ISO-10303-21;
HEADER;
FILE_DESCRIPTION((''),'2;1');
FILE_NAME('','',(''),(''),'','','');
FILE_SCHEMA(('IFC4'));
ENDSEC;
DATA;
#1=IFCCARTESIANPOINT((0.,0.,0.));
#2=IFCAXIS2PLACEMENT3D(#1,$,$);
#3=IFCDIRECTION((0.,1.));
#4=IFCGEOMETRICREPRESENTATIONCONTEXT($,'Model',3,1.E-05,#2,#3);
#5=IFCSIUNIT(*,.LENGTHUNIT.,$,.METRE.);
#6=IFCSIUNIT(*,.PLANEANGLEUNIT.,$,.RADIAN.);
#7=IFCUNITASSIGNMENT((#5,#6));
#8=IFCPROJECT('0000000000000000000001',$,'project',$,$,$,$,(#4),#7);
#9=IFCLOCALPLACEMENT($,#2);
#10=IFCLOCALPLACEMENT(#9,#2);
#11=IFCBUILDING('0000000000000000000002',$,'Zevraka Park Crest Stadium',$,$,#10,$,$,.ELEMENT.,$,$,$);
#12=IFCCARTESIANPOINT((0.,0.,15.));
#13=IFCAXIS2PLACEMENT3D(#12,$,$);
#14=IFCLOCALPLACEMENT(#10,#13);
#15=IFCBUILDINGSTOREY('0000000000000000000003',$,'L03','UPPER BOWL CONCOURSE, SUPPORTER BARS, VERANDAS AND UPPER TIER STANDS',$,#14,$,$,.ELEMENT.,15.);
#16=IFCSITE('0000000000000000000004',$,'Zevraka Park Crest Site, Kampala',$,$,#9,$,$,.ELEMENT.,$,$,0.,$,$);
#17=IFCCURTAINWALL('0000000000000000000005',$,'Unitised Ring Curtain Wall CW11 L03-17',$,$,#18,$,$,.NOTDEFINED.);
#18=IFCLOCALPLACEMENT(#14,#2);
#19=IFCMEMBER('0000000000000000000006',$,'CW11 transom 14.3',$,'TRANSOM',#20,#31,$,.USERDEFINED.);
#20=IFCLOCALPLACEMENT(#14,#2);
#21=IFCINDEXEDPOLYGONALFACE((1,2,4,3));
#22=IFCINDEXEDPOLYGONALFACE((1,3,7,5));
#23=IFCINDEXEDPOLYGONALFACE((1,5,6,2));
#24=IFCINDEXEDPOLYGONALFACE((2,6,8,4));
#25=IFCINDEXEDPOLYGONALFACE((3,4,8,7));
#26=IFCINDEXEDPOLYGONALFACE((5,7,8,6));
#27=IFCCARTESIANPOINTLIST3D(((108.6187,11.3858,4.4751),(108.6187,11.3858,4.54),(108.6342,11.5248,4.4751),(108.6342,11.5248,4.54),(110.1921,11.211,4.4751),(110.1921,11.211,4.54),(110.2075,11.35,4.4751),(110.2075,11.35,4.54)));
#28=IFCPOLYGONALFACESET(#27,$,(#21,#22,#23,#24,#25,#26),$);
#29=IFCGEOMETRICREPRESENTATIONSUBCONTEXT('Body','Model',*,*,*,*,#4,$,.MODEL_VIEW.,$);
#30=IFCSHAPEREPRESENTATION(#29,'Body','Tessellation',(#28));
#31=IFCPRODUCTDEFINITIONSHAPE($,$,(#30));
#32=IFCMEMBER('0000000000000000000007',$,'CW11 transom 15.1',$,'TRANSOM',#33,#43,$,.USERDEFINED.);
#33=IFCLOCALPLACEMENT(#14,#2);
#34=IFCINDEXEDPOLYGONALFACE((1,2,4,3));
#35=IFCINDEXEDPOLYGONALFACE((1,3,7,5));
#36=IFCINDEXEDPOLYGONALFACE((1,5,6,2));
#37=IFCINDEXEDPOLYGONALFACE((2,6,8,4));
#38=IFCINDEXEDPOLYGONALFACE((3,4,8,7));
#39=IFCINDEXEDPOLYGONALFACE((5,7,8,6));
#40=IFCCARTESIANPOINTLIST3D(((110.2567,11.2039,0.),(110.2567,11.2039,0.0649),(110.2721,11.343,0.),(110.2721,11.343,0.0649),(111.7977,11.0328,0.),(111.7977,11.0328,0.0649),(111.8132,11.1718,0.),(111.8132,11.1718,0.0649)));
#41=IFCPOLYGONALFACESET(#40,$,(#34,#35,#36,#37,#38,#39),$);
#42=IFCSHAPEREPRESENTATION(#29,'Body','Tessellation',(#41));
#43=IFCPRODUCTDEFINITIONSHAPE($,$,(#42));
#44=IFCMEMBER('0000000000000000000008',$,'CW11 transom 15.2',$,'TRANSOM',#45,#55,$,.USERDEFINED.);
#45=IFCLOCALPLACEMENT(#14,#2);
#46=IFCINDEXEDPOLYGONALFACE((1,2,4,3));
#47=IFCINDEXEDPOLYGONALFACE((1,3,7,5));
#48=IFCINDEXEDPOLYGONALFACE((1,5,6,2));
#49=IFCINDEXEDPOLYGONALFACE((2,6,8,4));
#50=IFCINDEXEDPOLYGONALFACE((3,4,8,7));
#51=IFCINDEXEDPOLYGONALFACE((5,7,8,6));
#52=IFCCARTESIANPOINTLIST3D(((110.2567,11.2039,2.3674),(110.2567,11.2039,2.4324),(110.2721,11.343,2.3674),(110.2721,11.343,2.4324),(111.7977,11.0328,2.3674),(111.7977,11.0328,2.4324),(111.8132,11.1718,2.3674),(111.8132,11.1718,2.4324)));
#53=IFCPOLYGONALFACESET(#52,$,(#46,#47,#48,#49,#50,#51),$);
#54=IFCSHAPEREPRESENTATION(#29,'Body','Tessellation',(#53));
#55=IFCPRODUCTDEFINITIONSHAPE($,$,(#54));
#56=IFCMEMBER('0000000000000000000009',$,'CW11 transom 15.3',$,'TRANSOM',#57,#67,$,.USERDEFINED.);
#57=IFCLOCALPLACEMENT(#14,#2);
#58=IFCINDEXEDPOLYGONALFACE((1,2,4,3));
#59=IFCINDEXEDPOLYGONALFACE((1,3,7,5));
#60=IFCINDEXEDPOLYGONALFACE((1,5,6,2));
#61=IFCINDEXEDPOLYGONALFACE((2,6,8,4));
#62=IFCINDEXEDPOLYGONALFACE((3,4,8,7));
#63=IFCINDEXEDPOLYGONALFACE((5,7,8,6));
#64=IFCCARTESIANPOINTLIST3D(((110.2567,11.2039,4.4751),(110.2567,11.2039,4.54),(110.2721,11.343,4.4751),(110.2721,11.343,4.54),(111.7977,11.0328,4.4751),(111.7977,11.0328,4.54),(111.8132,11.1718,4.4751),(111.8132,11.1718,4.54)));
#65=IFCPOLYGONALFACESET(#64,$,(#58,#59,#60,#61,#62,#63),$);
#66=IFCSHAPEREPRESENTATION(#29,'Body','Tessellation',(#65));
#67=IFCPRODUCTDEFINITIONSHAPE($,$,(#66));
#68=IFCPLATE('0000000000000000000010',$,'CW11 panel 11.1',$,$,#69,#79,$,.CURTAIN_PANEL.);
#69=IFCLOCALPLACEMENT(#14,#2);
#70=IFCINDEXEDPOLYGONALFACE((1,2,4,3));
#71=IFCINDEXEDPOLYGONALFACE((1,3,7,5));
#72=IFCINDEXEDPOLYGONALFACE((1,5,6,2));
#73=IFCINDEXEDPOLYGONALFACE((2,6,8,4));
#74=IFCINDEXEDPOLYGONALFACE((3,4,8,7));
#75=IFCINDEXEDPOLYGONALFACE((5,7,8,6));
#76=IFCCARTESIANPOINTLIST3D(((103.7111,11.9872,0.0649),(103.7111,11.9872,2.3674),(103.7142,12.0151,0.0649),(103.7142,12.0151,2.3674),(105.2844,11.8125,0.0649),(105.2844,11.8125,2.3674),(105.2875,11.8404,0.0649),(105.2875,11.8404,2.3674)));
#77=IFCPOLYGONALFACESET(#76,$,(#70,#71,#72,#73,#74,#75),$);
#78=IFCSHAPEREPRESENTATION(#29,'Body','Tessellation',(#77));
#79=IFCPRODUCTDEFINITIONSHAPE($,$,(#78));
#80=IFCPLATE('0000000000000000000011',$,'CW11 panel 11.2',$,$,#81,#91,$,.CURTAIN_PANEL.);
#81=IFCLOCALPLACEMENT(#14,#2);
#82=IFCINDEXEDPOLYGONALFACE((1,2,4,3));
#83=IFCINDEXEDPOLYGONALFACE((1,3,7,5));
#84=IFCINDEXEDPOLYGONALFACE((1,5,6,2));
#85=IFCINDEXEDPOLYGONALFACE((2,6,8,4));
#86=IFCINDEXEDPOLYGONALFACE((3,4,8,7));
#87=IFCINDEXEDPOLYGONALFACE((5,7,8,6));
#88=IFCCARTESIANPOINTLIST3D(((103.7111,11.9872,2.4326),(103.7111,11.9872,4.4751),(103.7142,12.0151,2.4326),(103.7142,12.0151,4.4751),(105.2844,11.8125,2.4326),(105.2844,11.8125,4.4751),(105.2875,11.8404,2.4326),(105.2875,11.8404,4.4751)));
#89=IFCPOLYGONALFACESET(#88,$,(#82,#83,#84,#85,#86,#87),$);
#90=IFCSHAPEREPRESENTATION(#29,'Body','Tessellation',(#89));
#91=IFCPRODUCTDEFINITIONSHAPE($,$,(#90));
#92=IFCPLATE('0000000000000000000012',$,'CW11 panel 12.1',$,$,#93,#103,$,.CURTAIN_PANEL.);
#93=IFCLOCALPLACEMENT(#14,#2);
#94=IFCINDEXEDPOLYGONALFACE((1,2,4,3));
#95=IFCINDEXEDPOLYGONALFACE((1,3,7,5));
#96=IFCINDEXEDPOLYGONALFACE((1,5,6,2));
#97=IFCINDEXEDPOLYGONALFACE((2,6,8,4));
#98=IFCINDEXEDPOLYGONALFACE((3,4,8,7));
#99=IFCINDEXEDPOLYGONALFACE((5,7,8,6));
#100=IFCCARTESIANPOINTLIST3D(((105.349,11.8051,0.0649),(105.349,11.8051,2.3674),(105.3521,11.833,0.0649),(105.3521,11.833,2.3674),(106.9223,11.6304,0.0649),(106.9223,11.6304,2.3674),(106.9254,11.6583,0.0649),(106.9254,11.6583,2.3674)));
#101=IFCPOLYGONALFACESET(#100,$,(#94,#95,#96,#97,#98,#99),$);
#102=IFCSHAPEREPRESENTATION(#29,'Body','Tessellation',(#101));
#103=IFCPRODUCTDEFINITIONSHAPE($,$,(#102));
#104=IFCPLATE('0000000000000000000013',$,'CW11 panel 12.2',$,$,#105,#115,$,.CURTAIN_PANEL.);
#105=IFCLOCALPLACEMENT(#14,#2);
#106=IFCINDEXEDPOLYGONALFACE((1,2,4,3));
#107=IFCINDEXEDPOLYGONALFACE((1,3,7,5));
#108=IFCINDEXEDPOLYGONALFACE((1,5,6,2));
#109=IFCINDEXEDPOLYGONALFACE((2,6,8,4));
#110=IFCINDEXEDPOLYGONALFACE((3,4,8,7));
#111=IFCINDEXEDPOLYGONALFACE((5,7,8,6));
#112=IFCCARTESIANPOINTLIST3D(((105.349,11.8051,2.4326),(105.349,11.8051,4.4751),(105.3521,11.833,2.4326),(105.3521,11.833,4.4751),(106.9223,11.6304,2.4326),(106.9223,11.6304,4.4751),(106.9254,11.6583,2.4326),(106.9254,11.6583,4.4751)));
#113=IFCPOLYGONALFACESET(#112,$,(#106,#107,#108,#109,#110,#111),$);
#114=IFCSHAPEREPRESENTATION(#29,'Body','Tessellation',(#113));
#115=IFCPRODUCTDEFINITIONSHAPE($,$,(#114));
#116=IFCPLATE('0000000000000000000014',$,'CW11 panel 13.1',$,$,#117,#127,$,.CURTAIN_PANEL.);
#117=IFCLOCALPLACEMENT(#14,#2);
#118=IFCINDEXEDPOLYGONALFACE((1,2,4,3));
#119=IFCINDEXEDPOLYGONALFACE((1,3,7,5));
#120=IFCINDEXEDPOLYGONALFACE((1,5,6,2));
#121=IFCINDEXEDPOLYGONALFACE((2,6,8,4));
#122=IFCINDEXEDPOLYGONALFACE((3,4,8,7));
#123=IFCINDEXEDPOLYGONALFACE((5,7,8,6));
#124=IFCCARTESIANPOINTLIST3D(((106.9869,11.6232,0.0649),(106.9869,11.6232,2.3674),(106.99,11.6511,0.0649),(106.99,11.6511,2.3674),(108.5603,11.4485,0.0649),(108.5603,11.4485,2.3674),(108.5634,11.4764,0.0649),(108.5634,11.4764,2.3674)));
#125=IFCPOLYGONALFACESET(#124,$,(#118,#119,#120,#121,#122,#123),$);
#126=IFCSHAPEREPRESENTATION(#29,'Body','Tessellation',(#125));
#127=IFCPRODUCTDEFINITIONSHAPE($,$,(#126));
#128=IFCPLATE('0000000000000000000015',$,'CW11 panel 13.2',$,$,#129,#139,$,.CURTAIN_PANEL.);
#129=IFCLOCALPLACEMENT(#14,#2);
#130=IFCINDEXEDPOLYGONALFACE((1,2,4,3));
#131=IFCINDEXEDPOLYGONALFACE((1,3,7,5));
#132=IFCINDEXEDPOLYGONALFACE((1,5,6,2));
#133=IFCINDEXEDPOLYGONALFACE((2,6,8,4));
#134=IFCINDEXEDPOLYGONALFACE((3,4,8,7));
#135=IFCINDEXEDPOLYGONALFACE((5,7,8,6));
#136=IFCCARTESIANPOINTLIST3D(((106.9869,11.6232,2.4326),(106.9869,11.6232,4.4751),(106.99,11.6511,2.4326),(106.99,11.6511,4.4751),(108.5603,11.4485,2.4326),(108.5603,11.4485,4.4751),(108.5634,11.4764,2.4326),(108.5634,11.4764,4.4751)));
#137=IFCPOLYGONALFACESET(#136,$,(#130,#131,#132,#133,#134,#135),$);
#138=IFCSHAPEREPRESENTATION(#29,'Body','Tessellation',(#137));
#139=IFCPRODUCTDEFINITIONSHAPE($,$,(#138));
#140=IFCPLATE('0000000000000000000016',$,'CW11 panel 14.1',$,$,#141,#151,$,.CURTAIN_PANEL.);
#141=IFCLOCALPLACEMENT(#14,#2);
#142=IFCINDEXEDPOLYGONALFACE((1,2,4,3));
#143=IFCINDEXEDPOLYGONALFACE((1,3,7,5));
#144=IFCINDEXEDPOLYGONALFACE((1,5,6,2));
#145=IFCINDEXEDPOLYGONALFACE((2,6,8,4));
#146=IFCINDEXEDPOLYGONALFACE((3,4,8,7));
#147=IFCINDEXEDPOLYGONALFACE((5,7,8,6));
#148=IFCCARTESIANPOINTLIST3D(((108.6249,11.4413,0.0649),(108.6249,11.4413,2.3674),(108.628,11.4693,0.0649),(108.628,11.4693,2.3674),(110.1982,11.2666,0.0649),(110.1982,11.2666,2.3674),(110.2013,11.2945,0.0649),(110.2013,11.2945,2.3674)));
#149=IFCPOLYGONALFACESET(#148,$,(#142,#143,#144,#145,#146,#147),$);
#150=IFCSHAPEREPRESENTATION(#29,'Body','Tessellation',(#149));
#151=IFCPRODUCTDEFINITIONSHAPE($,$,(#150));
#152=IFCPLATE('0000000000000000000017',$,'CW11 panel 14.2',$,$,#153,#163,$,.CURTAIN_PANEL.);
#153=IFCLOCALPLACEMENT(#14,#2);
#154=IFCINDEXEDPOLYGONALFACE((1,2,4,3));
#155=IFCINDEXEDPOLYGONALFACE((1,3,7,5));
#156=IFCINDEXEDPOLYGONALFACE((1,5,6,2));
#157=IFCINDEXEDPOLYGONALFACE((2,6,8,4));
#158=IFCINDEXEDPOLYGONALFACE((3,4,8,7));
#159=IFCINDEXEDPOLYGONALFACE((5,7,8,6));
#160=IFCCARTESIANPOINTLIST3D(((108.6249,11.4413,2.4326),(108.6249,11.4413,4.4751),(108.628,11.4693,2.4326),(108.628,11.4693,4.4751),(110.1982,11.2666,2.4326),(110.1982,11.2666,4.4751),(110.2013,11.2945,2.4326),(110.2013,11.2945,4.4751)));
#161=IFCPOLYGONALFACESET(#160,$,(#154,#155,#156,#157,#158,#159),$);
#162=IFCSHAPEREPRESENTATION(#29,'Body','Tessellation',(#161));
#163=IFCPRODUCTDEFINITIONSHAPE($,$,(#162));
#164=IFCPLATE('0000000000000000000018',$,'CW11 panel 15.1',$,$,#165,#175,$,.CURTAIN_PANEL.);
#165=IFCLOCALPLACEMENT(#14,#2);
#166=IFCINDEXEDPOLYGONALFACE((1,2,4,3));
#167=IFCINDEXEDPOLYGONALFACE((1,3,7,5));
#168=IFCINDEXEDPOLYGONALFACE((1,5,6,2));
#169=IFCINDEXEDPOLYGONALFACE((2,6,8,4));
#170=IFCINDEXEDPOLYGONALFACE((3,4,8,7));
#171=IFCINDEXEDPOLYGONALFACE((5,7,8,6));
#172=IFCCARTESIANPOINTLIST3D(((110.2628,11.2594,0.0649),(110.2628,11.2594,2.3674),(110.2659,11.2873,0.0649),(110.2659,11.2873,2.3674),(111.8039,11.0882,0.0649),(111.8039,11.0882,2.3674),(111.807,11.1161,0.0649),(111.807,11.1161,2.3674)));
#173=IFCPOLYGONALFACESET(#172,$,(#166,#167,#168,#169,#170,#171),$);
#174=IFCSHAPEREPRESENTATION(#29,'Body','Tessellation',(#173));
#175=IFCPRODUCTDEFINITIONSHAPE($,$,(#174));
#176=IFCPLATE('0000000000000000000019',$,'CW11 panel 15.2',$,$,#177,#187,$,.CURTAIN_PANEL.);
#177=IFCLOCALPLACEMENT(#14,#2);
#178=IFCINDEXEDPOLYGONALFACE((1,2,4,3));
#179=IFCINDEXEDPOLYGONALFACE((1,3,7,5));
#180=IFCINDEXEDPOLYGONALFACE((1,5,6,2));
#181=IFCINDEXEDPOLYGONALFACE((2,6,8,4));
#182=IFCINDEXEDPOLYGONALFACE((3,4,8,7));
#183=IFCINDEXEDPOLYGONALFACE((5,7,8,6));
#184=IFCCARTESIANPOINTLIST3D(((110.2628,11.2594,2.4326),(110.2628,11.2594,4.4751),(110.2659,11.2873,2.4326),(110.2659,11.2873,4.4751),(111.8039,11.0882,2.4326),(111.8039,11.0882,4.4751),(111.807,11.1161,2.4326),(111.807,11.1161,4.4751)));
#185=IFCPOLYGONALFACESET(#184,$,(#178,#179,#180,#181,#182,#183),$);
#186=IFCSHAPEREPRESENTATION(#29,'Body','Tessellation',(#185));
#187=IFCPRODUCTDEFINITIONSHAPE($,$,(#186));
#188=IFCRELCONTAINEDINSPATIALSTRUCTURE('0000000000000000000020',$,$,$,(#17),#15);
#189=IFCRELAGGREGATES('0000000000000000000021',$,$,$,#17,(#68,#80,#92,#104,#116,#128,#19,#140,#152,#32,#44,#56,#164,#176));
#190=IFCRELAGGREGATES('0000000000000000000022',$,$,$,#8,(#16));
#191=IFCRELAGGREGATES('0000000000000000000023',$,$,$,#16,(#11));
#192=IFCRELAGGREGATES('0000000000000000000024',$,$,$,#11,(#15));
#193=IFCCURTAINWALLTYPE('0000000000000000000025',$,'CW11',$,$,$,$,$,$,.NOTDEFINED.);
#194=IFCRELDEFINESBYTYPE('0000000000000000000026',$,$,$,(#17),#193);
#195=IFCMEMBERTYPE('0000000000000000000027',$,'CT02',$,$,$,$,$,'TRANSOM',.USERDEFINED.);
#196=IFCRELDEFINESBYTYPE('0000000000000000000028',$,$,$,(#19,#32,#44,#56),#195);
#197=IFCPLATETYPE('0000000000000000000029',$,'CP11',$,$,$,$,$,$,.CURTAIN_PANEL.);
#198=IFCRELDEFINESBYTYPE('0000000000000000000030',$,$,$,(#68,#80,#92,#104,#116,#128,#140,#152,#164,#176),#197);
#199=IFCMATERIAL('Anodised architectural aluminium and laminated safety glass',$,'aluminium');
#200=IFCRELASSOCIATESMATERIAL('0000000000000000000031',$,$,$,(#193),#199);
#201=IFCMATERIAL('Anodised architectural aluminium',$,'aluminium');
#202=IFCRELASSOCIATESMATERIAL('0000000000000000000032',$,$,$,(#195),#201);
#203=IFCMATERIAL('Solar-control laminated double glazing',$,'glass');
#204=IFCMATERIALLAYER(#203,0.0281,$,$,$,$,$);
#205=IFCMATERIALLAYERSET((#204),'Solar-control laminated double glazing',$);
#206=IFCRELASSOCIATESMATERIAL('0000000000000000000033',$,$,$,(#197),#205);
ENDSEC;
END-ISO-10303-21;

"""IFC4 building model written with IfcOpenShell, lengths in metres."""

from ifc_helpers import new_model, si_unit, direction, frame, origin, origin_2d, place, context, subcontext, project, spatial, rectangle, extrude, material, layer, layer_set, material_profile, profile_set, type_object, element, aggregate, save


model = new_model("IFC4")

# Units and contexts
model_context = context("Model", 3, precision=1e-05, world=origin(), true_north=direction((0.0, 1.0)))
body_context = subcontext(model_context, "Body", "Model", "MODEL_VIEW")
ifc_project = project(units=[si_unit("LENGTHUNIT", "METRE"), si_unit("PLANEANGLEUNIT", "RADIAN")], contexts=[model_context])

# Site, building, storey
site_placement = place(None, origin())
site = spatial("IfcSite", under=ifc_project, at=site_placement, Name="Zevraka Park Crest Site, Kampala", CompositionType="ELEMENT", RefElevation=0.0)
building_placement = place(site_placement, origin())
building = spatial("IfcBuilding", under=site, at=building_placement, Name="Zevraka Park Crest Stadium", CompositionType="ELEMENT")
storey_placement = place(building_placement, frame((0.0, 0.0, 15.0)))
storey = spatial("IfcBuildingStorey", under=building, at=storey_placement, Name="L03", Description="UPPER BOWL CONCOURSE, SUPPORTER BARS, VERANDAS AND UPPER TIER STANDS", CompositionType="ELEMENT", Elevation=15.0)

# Curtain wall
ifc_material_1 = material(Name="Anodised architectural aluminium and laminated safety glass", Category="aluminium")
curtain_wall_type = type_object("IfcCurtainWallType", Name="CW11", PredefinedType="NOTDEFINED", material=ifc_material_1)
curtain_wall_1_placement = place(storey_placement, origin())
curtain_wall_1 = element("IfcCurtainWall", 1, at=curtain_wall_1_placement, inside=storey, type_object=curtain_wall_type, Name="Unitised Ring Curtain Wall CW11 L03-17", PredefinedType="NOTDEFINED")

# Members
ifc_material_2 = material(Name="Anodised architectural aluminium", Category="aluminium")
ifc_material_profile_1 = material_profile(ifc_material_2, rectangle(XDim=0.1399, YDim=0.0649, at=origin_2d()), Name="ALU TRANSOM 140x65")
ifc_profile_set_1 = profile_set([ifc_material_profile_1], Name="Anodised architectural aluminium")
member_type_1 = type_object("IfcMemberType", Name="CT02", ElementType="TRANSOM", PredefinedType="USERDEFINED", material=ifc_profile_set_1)
member_1_placement = place(storey_placement, frame((108.6265, 11.4553, 4.5076), z_axis=(0.993884, -0.110432, 0.0), x_axis=(0.110432, 0.993884, 0.0)))
member_1 = element("IfcMember", 2, at=member_1_placement, type_object=member_type_1, Name="CW11 transom 14.3", ObjectType="TRANSOM", PredefinedType="USERDEFINED", context=body_context, shape_type="SweptSolid", body=[
    extrude(rectangle(XDim=0.1399, YDim=0.0649, at=origin_2d()), origin(), (0.0, 0.0, 1.0), 1.583),
])
member_2_placement = place(storey_placement, frame((110.2644, 11.2734, 0.0325), z_axis=(0.993889, -0.11038, 0.0), x_axis=(0.11038, 0.993889, 0.0)))
member_2 = element("IfcMember", 3, at=member_2_placement, type_object=member_type_1, Name="CW11 transom 15.1", ObjectType="TRANSOM", PredefinedType="USERDEFINED", context=body_context, shape_type="SweptSolid", body=[
    extrude(rectangle(XDim=0.1399, YDim=0.0649, at=origin_2d()), origin(), (0.0, 0.0, 1.0), 1.5505),
])
member_3_placement = place(storey_placement, frame((110.2644, 11.2734, 2.3999), z_axis=(0.993889, -0.11038, 0.0), x_axis=(0.11038, 0.993889, 0.0)))
member_3 = element("IfcMember", 4, at=member_3_placement, type_object=member_type_1, Name="CW11 transom 15.2", ObjectType="TRANSOM", PredefinedType="USERDEFINED", context=body_context, shape_type="SweptSolid", body=[
    extrude(rectangle(XDim=0.1399, YDim=0.0649, at=origin_2d()), origin(), (0.0, 0.0, 1.0), 1.5505),
])
member_4_placement = place(storey_placement, frame((110.2644, 11.2734, 4.5076), z_axis=(0.993889, -0.11038, 0.0), x_axis=(0.11038, 0.993889, 0.0)))
member_4 = element("IfcMember", 5, at=member_4_placement, type_object=member_type_1, Name="CW11 transom 15.3", ObjectType="TRANSOM", PredefinedType="USERDEFINED", context=body_context, shape_type="SweptSolid", body=[
    extrude(rectangle(XDim=0.1399, YDim=0.0649, at=origin_2d()), origin(), (0.0, 0.0, 1.0), 1.5505),
])

# Plates
ifc_material_3 = material(Name="Solar-control laminated double glazing", Category="glass")
ifc_layer_1 = layer(ifc_material_3, 0.0281)
ifc_layer_set_1 = layer_set([ifc_layer_1], Name="Solar-control laminated double glazing")
plate_type = type_object("IfcPlateType", Name="CP11", PredefinedType="CURTAIN_PANEL", material=ifc_layer_set_1)
plate_1_placement = place(storey_placement, frame((104.4993, 11.9138, 0.0649), z_axis=(0.0, 0.0, 1.0), x_axis=(0.993888, -0.110396, 0.0)))
plate_1 = element("IfcPlate", 6, at=plate_1_placement, type_object=plate_type, Name="CW11 panel 11.1", PredefinedType="CURTAIN_PANEL", context=body_context, shape_type="SweptSolid", body=[
    extrude(rectangle(XDim=1.583, YDim=0.0281, at=origin_2d()), origin(), (0.0, 0.0, 1.0), 2.3025),
])
plate_2_placement = place(storey_placement, frame((104.4993, 11.9138, 2.4326), z_axis=(0.0, 0.0, 1.0), x_axis=(0.993888, -0.110396, 0.0)))
plate_2 = element("IfcPlate", 7, at=plate_2_placement, type_object=plate_type, Name="CW11 panel 11.2", PredefinedType="CURTAIN_PANEL", context=body_context, shape_type="SweptSolid", body=[
    extrude(rectangle(XDim=1.583, YDim=0.0281, at=origin_2d()), origin(), (0.0, 0.0, 1.0), 2.0425),
])
plate_3_placement = place(storey_placement, frame((106.1372, 11.7317, 0.0649), z_axis=(0.0, 0.0, 1.0), x_axis=(0.993888, -0.110396, 0.0)))
plate_3 = element("IfcPlate", 8, at=plate_3_placement, type_object=plate_type, Name="CW11 panel 12.1", PredefinedType="CURTAIN_PANEL", context=body_context, shape_type="SweptSolid", body=[
    extrude(rectangle(XDim=1.583, YDim=0.0281, at=origin_2d()), origin(), (0.0, 0.0, 1.0), 2.3025),
])
plate_4_placement = place(storey_placement, frame((106.1372, 11.7317, 2.4326), z_axis=(0.0, 0.0, 1.0), x_axis=(0.993888, -0.110396, 0.0)))
plate_4 = element("IfcPlate", 9, at=plate_4_placement, type_object=plate_type, Name="CW11 panel 12.2", PredefinedType="CURTAIN_PANEL", context=body_context, shape_type="SweptSolid", body=[
    extrude(rectangle(XDim=1.583, YDim=0.0281, at=origin_2d()), origin(), (0.0, 0.0, 1.0), 2.0425),
])
plate_5_placement = place(storey_placement, frame((107.7751, 11.5498, 0.0649), z_axis=(0.0, 0.0, 1.0), x_axis=(0.993888, -0.110396, 0.0)))
plate_5 = element("IfcPlate", 10, at=plate_5_placement, type_object=plate_type, Name="CW11 panel 13.1", PredefinedType="CURTAIN_PANEL", context=body_context, shape_type="SweptSolid", body=[
    extrude(rectangle(XDim=1.583, YDim=0.0281, at=origin_2d()), origin(), (0.0, 0.0, 1.0), 2.3025),
])
plate_6_placement = place(storey_placement, frame((107.7751, 11.5498, 2.4326), z_axis=(0.0, 0.0, 1.0), x_axis=(0.993888, -0.110396, 0.0)))
plate_6 = element("IfcPlate", 11, at=plate_6_placement, type_object=plate_type, Name="CW11 panel 13.2", PredefinedType="CURTAIN_PANEL", context=body_context, shape_type="SweptSolid", body=[
    extrude(rectangle(XDim=1.583, YDim=0.0281, at=origin_2d()), origin(), (0.0, 0.0, 1.0), 2.0425),
])
plate_7_placement = place(storey_placement, frame((109.4131, 11.3679, 0.0649), z_axis=(0.0, 0.0, 1.0), x_axis=(0.993888, -0.110396, 0.0)))
plate_7 = element("IfcPlate", 12, at=plate_7_placement, type_object=plate_type, Name="CW11 panel 14.1", PredefinedType="CURTAIN_PANEL", context=body_context, shape_type="SweptSolid", body=[
    extrude(rectangle(XDim=1.583, YDim=0.0281, at=origin_2d()), origin(), (0.0, 0.0, 1.0), 2.3025),
])
plate_8_placement = place(storey_placement, frame((109.4131, 11.3679, 2.4326), z_axis=(0.0, 0.0, 1.0), x_axis=(0.993888, -0.110396, 0.0)))
plate_8 = element("IfcPlate", 13, at=plate_8_placement, type_object=plate_type, Name="CW11 panel 14.2", PredefinedType="CURTAIN_PANEL", context=body_context, shape_type="SweptSolid", body=[
    extrude(rectangle(XDim=1.583, YDim=0.0281, at=origin_2d()), origin(), (0.0, 0.0, 1.0), 2.0425),
])
plate_9_placement = place(storey_placement, frame((111.0349, 11.1877, 0.0649), z_axis=(0.0, 0.0, 1.0), x_axis=(0.993888, -0.110396, 0.0)))
plate_9 = element("IfcPlate", 14, at=plate_9_placement, type_object=plate_type, Name="CW11 panel 15.1", PredefinedType="CURTAIN_PANEL", context=body_context, shape_type="SweptSolid", body=[
    extrude(rectangle(XDim=1.5505, YDim=0.0281, at=origin_2d()), origin(), (0.0, 0.0, 1.0), 2.3025),
])
plate_10_placement = place(storey_placement, frame((111.0349, 11.1877, 2.4326), z_axis=(0.0, 0.0, 1.0), x_axis=(0.993888, -0.110396, 0.0)))
plate_10 = element("IfcPlate", 15, at=plate_10_placement, type_object=plate_type, Name="CW11 panel 15.2", PredefinedType="CURTAIN_PANEL", context=body_context, shape_type="SweptSolid", body=[
    extrude(rectangle(XDim=1.5505, YDim=0.0281, at=origin_2d()), origin(), (0.0, 0.0, 1.0), 2.0425),
])
aggregate(curtain_wall_1, [plate_1, plate_2, plate_3, plate_4, plate_5, plate_6, member_1, plate_7, plate_8, member_2, member_3, member_4, plate_9, plate_10])

save(model, "model.ifc")
